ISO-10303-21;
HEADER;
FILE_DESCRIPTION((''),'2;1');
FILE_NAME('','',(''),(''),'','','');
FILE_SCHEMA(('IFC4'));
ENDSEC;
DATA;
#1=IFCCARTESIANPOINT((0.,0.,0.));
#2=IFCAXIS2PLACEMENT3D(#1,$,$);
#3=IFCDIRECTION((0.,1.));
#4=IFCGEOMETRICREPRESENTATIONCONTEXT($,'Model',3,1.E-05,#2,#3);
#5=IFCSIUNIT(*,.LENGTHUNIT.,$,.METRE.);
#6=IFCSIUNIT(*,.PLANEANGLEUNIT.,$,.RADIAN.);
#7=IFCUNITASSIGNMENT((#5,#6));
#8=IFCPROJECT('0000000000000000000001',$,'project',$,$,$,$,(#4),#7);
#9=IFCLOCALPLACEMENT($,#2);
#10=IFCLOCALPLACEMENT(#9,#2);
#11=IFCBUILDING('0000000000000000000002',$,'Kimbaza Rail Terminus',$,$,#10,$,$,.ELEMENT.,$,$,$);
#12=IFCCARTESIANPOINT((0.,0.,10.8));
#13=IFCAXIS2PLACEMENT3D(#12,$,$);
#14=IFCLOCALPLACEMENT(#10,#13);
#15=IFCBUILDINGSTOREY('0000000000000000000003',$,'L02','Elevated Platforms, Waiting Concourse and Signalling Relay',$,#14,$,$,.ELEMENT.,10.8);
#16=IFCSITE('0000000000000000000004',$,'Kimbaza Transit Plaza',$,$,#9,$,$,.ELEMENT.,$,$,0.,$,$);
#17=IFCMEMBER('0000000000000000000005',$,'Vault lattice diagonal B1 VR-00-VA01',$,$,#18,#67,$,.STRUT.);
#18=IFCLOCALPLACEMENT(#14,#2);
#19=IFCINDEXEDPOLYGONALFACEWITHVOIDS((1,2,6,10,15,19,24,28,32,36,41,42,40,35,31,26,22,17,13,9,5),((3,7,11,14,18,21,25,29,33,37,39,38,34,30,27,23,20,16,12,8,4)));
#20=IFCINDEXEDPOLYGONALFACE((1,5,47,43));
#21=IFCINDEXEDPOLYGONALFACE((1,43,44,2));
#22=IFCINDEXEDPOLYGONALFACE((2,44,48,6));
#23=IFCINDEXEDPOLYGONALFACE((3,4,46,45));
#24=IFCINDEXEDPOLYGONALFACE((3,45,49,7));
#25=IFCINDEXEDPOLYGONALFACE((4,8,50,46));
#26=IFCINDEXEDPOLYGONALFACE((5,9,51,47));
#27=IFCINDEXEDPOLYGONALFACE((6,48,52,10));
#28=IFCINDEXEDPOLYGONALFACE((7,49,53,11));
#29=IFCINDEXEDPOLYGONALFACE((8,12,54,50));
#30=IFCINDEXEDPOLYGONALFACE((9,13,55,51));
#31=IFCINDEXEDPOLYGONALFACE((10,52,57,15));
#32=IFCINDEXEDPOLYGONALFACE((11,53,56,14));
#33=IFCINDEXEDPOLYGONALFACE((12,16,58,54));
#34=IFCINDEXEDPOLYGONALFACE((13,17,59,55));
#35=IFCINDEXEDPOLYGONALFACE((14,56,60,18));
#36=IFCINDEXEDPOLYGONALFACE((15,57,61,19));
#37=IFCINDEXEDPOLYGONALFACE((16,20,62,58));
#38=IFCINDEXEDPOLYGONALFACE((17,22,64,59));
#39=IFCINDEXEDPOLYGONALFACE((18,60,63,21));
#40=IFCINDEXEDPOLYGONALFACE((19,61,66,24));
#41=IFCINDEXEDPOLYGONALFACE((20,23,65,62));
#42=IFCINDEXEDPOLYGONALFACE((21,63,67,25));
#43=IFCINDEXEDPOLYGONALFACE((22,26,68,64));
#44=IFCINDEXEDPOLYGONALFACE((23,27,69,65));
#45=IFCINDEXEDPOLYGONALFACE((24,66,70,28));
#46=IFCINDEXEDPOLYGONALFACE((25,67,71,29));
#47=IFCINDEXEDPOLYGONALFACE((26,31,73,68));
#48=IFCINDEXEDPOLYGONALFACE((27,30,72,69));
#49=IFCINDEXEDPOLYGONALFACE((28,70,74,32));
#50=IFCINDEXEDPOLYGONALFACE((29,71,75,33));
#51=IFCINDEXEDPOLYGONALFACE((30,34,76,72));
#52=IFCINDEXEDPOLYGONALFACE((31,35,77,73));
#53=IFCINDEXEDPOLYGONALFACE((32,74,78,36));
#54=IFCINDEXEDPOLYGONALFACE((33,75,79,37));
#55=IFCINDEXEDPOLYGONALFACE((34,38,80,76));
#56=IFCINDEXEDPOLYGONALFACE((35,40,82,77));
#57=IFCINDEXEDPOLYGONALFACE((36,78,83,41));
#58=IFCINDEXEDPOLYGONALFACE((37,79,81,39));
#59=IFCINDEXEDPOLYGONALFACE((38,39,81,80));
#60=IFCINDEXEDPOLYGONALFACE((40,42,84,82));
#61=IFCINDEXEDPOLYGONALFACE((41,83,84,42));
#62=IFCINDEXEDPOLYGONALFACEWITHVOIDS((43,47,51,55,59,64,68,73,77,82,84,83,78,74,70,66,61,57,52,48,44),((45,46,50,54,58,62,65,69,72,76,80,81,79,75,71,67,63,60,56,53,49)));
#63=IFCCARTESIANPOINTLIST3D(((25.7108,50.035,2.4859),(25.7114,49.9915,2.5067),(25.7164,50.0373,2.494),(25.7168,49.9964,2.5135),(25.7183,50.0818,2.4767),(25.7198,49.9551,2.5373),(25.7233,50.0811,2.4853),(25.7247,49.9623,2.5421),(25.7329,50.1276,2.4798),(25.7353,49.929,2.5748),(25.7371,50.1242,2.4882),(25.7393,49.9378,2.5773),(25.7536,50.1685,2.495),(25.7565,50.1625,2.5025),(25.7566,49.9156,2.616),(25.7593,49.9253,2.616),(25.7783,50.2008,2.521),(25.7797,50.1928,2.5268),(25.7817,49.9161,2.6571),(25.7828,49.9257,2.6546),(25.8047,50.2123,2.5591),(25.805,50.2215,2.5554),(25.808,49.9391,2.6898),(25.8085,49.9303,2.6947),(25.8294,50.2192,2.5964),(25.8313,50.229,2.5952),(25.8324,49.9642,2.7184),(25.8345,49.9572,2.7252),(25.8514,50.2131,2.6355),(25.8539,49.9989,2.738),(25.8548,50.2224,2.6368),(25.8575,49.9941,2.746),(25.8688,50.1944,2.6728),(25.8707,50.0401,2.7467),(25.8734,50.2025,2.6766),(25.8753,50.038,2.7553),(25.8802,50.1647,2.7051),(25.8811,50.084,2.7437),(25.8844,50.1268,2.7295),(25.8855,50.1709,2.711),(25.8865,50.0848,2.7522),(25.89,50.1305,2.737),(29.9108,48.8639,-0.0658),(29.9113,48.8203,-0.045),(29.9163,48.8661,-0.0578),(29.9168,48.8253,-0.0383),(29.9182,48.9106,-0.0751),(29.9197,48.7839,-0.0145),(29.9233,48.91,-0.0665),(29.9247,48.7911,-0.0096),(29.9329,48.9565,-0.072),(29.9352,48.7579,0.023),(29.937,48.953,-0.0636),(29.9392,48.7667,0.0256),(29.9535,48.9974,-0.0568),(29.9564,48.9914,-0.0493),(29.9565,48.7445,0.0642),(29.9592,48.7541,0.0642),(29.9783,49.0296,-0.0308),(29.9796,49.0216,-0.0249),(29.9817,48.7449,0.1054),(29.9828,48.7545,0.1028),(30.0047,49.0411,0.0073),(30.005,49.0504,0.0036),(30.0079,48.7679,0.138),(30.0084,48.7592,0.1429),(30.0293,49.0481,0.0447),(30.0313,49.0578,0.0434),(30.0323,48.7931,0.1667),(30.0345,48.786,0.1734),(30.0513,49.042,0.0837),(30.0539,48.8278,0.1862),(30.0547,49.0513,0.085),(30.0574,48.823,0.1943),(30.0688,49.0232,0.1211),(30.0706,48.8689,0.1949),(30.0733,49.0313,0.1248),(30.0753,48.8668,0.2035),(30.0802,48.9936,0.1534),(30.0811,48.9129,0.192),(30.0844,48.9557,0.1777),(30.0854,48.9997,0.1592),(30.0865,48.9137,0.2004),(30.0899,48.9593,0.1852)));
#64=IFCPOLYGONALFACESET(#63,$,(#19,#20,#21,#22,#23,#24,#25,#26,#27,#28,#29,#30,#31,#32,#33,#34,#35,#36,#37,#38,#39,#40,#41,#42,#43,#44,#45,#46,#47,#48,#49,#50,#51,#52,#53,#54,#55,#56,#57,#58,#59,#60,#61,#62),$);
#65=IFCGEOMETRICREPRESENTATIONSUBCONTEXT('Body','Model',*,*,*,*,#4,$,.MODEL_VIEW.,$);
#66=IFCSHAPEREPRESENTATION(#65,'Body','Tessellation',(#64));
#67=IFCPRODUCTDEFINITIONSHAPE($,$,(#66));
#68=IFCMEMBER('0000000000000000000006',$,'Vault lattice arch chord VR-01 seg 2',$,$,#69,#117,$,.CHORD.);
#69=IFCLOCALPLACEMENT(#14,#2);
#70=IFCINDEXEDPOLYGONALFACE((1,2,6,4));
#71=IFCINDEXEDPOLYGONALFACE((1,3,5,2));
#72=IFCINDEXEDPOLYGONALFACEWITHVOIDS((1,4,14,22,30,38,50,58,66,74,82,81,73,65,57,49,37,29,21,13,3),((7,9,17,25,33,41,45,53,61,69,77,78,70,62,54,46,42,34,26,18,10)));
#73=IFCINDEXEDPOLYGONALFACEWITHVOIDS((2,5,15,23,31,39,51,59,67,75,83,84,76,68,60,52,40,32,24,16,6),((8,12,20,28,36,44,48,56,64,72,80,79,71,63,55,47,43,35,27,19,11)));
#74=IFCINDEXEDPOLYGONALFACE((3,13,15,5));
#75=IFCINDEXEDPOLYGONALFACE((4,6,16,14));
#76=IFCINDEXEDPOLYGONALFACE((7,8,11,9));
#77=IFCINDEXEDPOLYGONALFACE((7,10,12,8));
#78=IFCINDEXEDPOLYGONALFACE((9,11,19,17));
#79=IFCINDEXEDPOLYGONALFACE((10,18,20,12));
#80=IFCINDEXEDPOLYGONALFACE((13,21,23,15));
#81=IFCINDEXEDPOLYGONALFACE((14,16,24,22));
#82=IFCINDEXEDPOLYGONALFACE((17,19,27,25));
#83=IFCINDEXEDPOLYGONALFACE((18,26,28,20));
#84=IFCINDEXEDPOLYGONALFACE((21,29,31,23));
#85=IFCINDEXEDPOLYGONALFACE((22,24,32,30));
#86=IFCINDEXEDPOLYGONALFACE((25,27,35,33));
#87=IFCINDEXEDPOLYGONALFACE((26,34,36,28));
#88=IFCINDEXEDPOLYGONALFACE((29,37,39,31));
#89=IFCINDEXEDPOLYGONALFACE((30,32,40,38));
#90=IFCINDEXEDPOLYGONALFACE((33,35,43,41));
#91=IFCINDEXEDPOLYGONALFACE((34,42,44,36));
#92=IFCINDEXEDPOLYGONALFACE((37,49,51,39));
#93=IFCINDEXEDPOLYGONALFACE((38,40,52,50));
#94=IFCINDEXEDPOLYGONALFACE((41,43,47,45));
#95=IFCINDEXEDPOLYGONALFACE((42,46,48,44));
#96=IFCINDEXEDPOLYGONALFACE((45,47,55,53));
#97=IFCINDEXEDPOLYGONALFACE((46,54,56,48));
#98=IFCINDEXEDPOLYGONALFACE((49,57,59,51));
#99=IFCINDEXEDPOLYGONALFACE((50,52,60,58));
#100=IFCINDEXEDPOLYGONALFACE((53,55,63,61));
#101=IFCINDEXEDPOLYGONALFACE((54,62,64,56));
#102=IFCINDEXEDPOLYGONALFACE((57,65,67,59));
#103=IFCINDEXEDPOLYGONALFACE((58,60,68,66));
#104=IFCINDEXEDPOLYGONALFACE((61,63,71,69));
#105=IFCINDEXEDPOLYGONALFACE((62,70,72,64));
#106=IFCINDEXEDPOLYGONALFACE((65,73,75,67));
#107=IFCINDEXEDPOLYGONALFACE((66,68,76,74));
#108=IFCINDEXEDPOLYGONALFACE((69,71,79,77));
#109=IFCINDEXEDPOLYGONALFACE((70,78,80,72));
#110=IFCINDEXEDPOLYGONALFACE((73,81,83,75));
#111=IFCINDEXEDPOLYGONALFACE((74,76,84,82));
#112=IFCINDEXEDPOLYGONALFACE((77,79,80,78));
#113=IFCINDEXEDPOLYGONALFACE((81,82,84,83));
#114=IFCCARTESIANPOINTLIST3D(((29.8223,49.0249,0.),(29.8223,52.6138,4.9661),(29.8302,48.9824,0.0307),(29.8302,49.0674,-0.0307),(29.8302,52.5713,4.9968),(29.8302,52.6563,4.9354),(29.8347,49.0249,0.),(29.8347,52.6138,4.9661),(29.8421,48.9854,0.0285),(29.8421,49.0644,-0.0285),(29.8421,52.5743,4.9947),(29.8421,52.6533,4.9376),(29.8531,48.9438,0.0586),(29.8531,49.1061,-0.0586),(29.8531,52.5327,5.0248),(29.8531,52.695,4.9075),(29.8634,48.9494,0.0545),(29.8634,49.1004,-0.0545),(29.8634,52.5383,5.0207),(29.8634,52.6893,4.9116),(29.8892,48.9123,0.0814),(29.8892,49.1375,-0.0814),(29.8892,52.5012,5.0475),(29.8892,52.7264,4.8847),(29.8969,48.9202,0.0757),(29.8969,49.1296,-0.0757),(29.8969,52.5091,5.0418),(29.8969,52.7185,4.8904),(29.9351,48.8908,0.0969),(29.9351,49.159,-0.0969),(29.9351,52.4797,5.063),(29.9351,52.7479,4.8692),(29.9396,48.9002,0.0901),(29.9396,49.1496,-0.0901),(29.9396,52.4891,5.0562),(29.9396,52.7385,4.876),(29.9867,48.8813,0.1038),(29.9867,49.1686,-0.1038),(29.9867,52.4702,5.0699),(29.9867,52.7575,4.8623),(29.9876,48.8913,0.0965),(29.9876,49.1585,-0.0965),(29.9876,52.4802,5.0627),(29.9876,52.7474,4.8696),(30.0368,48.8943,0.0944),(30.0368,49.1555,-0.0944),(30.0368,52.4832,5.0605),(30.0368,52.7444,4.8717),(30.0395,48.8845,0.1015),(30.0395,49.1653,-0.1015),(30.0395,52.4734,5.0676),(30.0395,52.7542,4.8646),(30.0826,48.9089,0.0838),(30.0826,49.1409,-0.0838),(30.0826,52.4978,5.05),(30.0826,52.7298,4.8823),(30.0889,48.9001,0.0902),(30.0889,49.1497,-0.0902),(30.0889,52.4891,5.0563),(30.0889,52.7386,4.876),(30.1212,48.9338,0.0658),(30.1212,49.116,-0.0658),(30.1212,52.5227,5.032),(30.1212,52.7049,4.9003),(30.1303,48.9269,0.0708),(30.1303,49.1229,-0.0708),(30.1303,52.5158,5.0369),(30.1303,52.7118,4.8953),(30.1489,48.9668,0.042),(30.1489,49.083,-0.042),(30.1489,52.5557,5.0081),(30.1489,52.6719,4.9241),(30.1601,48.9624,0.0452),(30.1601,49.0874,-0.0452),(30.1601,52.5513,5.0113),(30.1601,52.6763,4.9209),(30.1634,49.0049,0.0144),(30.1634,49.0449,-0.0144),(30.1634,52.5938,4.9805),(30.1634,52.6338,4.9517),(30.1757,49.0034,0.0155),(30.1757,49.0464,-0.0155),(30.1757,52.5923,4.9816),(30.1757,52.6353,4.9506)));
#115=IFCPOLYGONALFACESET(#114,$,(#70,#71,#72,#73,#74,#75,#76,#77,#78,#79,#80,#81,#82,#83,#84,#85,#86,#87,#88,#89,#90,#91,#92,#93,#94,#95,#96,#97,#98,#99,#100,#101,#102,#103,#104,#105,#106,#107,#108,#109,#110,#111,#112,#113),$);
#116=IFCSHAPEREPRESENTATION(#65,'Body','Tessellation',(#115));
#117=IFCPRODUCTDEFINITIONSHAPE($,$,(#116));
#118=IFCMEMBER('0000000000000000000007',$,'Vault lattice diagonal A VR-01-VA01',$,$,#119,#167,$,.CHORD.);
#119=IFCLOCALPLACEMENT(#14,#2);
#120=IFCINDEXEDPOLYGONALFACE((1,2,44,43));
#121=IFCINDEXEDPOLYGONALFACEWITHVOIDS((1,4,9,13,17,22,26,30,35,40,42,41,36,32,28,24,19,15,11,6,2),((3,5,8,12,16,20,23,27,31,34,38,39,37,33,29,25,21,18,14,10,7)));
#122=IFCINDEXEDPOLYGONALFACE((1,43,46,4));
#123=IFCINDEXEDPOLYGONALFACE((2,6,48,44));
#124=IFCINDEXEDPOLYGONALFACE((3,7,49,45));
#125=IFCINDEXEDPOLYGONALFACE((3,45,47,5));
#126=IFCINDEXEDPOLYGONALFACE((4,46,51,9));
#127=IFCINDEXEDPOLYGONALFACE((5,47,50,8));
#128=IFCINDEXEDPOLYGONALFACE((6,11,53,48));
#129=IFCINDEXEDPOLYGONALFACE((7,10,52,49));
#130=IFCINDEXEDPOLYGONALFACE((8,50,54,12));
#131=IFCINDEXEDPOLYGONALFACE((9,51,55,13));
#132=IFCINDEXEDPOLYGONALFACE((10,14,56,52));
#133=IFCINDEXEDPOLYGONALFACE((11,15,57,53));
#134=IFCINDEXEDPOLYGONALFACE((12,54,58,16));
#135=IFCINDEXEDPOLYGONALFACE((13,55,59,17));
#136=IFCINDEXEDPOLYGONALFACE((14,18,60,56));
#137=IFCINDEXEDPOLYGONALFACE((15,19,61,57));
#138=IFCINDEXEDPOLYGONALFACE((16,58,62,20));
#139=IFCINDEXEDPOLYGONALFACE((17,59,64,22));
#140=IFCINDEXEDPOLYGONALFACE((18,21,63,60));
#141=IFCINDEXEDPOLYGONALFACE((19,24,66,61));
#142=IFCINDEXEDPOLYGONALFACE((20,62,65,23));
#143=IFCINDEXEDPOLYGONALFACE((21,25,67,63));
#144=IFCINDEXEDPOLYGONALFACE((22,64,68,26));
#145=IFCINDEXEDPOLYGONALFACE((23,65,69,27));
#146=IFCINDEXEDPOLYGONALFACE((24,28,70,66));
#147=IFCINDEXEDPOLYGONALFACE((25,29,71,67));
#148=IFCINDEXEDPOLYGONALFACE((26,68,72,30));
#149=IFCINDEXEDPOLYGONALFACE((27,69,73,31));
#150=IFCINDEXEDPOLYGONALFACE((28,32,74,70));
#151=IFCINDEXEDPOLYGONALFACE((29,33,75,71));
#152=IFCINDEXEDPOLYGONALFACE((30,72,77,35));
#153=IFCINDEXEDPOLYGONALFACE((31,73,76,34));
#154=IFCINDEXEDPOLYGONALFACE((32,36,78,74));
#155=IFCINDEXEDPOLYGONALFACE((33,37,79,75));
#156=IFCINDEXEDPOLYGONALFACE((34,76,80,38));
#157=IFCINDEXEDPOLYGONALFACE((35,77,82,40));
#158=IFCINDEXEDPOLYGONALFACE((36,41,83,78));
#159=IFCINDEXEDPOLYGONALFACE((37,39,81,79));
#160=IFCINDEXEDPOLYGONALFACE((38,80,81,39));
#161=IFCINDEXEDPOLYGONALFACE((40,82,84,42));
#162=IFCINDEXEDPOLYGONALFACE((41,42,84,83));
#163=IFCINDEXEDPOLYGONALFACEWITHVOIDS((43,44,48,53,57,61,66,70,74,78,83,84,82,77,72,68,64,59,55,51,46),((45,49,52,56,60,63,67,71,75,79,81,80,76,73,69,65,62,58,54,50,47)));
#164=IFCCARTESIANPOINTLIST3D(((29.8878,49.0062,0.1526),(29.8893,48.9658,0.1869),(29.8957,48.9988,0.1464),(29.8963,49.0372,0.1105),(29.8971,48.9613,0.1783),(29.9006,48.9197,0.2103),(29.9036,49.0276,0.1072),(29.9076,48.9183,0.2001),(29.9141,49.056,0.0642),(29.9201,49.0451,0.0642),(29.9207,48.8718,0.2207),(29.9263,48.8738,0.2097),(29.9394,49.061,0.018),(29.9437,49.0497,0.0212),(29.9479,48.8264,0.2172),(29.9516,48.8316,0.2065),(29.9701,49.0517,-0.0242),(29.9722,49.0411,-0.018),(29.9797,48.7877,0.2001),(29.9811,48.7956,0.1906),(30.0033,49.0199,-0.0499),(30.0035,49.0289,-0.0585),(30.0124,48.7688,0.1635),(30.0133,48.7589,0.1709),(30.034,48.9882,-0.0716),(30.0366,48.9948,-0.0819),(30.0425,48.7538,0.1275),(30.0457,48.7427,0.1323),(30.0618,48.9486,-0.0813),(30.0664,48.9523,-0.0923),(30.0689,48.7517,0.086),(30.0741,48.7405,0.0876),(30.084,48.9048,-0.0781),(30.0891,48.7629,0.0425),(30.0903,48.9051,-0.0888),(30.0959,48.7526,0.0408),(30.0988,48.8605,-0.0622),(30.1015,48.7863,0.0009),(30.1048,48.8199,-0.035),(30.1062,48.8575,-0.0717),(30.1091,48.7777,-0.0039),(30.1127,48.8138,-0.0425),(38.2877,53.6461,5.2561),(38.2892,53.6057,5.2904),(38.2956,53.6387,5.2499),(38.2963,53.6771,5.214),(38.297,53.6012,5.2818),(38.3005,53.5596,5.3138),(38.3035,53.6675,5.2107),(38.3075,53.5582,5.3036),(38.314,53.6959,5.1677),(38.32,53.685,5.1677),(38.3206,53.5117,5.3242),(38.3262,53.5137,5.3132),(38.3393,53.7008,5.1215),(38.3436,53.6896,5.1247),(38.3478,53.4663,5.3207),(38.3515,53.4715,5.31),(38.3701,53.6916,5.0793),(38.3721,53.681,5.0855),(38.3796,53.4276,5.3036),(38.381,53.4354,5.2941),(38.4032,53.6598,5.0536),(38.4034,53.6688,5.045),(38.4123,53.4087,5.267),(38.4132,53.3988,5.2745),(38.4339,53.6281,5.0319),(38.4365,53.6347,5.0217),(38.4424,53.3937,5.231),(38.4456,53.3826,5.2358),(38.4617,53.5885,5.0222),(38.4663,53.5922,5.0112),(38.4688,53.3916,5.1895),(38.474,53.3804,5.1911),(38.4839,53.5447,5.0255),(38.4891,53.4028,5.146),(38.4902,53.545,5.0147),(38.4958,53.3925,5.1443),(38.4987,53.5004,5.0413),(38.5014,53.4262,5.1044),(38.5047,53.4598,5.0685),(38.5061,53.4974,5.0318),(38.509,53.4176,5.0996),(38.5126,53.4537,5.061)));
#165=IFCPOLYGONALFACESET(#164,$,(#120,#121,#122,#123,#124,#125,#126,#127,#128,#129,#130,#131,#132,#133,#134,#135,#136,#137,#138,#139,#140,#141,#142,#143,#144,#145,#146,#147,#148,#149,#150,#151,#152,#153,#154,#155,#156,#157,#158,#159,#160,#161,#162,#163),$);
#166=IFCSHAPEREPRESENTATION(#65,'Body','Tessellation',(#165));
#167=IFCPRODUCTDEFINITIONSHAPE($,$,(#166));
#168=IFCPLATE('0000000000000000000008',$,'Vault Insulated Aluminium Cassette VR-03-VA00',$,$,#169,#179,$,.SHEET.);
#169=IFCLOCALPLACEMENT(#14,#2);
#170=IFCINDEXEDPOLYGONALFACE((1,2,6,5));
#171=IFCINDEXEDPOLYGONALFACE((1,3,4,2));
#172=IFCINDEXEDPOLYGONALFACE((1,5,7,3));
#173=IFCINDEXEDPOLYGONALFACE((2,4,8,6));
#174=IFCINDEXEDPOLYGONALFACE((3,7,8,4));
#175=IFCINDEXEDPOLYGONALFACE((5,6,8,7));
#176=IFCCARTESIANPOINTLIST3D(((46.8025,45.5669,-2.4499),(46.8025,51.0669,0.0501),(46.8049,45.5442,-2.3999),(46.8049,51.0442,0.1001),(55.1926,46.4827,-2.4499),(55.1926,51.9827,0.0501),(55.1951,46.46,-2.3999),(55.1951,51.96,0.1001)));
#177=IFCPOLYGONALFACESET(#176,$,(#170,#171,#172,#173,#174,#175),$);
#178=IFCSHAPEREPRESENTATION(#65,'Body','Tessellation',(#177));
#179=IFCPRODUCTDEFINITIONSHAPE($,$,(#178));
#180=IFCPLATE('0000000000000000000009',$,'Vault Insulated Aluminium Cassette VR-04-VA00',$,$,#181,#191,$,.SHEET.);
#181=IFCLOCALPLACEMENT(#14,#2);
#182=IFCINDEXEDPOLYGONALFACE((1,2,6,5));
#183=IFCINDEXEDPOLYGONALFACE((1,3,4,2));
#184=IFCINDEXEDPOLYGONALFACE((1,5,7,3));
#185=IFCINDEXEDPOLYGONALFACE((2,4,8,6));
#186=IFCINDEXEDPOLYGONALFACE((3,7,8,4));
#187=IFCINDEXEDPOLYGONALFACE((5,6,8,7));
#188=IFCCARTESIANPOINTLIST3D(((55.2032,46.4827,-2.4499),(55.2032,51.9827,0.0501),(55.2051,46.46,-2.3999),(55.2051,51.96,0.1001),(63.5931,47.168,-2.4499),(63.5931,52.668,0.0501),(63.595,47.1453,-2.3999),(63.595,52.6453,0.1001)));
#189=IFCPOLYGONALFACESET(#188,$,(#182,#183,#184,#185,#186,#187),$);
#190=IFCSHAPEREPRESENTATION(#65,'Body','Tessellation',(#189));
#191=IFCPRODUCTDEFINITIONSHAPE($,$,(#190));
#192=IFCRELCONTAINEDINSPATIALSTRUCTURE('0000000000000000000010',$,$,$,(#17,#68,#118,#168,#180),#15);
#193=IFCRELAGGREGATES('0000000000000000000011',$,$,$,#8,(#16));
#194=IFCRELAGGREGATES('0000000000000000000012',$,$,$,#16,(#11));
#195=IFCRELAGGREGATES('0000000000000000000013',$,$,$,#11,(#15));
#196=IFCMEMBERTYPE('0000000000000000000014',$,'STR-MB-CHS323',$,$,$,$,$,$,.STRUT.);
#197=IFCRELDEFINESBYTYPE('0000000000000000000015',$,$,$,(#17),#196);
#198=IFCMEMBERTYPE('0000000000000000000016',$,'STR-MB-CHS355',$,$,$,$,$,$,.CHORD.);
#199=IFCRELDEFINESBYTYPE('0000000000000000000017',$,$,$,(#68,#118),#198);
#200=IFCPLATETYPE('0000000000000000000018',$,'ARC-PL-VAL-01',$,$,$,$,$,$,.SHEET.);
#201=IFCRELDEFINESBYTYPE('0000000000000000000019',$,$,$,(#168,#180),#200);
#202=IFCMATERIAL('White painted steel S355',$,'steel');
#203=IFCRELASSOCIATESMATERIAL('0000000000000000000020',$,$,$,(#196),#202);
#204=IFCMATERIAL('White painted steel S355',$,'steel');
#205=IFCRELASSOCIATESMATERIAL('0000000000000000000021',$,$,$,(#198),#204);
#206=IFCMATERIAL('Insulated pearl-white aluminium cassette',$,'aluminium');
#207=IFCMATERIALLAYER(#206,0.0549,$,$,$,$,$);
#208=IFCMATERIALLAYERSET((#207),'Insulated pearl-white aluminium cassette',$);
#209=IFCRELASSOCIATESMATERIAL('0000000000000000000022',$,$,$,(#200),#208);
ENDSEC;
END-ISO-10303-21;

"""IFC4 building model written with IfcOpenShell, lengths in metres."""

from ifc_helpers import new_model, si_unit, direction, frame, origin, origin_2d, place, context, subcontext, project, spatial, polyline, hollow_circle, outline, extrude, material, layer, layer_set, material_profile, profile_set, type_object, element, save


model = new_model("IFC4")

# Units and contexts
model_context = context("Model", 3, precision=1e-05, world=origin(), true_north=direction((0.0, 1.0)))
body_context = subcontext(model_context, "Body", "Model", "MODEL_VIEW")
ifc_project = project(units=[si_unit("LENGTHUNIT", "METRE"), si_unit("PLANEANGLEUNIT", "RADIAN")], contexts=[model_context])

# Site, building, storey
site_placement = place(None, origin())
site = spatial("IfcSite", under=ifc_project, at=site_placement, Name="Kimbaza Transit Plaza", CompositionType="ELEMENT", RefElevation=0.0)
building_placement = place(site_placement, origin())
building = spatial("IfcBuilding", under=site, at=building_placement, Name="Kimbaza Rail Terminus", CompositionType="ELEMENT")
storey_placement = place(building_placement, frame((0.0, 0.0, 10.8)))
storey = spatial("IfcBuildingStorey", under=building, at=storey_placement, Name="L02", Description="Elevated Platforms, Waiting Concourse and Signalling Relay", CompositionType="ELEMENT", Elevation=10.8)

# Members
ifc_material_1 = material(Name="White painted steel S355", Category="steel")
ifc_material_profile_1 = material_profile(ifc_material_1, hollow_circle(Radius=0.1619, WallThickness=0.01, at=origin_2d()), Name="CHS 323.9x10")
ifc_profile_set_1 = profile_set([ifc_material_profile_1], Name="White painted steel S355")
member_type_1 = type_object("IfcMemberType", Name="STR-MB-CHS323", PredefinedType="STRUT", material=ifc_profile_set_1)
member_1_placement = place(storey_placement, frame((30.0, 48.9004, 0.0642), z_axis=(-0.831345, 0.231818, 0.505099), x_axis=(-0.2686, -0.963252, 0.0)))
element("IfcMember", 1, at=member_1_placement, inside=storey, type_object=member_type_1, Name="Vault lattice diagonal B1 VR-00-VA01", PredefinedType="STRUT", context=body_context, shape_type="SweptSolid", body=[
    extrude(hollow_circle(Radius=0.1619, WallThickness=0.01, at=origin_2d()), origin(), (0.0, 0.0, 1.0), 5.052),
])
ifc_material_2 = material(Name="White painted steel S355", Category="steel")
ifc_material_profile_2 = material_profile(ifc_material_2, hollow_circle(Radius=0.1777, WallThickness=0.0125, at=origin_2d()), Name="CHS 355.6x12.5")
ifc_profile_set_2 = profile_set([ifc_material_profile_2], Name="White painted steel S355")
member_type_2 = type_object("IfcMemberType", Name="STR-MB-CHS355", PredefinedType="CHORD", material=ifc_profile_set_2)
member_2_placement = place(storey_placement, frame((30.0, 49.0249, 0.0), z_axis=(0.0, 0.585733, 0.810504), x_axis=(-1.0, 0.0, 0.0)))
element("IfcMember", 2, at=member_2_placement, inside=storey, type_object=member_type_2, Name="Vault lattice arch chord VR-01 seg 2", PredefinedType="CHORD", context=body_context, shape_type="SweptSolid", body=[
    extrude(hollow_circle(Radius=0.1777, WallThickness=0.0125, at=origin_2d()), origin(), (0.0, 0.0, 1.0), 6.1272),
])
member_3_placement = place(storey_placement, frame((30.0, 48.9004, 0.0642), z_axis=(0.772839, 0.426897, 0.469552), x_axis=(-0.483514, 0.875337, 0.0)))
element("IfcMember", 3, at=member_3_placement, inside=storey, type_object=member_type_2, Name="Vault lattice diagonal A VR-01-VA01", PredefinedType="CHORD", context=body_context, shape_type="SweptSolid", body=[
    extrude(hollow_circle(Radius=0.1777, WallThickness=0.0125, at=origin_2d()), origin(), (0.0, 0.0, 1.0), 10.8689),
])

# Plates
ifc_material_3 = material(Name="Insulated pearl-white aluminium cassette", Category="aluminium")
ifc_layer_1 = layer(ifc_material_3, 0.0549)
ifc_layer_set_1 = layer_set([ifc_layer_1], Name="Insulated pearl-white aluminium cassette")
plate_type_1 = type_object("IfcPlateType", Name="ARC-PL-VAL-01", PredefinedType="SHEET", material=ifc_layer_set_1)
plate_1_placement = place(storey_placement, frame((46.8049, 45.5442, -2.3999), z_axis=(0.04512, -0.413382, 0.909439), x_axis=(0.994096, 0.108504, 0.0)))
element("IfcPlate", 4, at=plate_1_placement, inside=storey, type_object=plate_type_1, Name="Vault Insulated Aluminium Cassette VR-03-VA00", PredefinedType="SHEET", context=body_context, shape_type="SweptSolid", body=[
    extrude(outline(polyline([(0.0, 0.0), (8.44, 0.0), (9.0367, 6.012), (0.5968, 6.012), (0.0, 0.0)])), origin(), (0.0, 0.0, -1.0), 0.0549),
])
plate_2_placement = place(storey_placement, frame((55.2051, 46.46, -2.3999), z_axis=(0.033781, -0.413567, 0.909847), x_axis=(0.996681, 0.081411, 0.0)))
element("IfcPlate", 5, at=plate_2_placement, inside=storey, type_object=plate_type_1, Name="Vault Insulated Aluminium Cassette VR-04-VA00", PredefinedType="SHEET", context=body_context, shape_type="SweptSolid", body=[
    extrude(outline(polyline([(0.0, 0.0), (8.4178, 0.0), (8.8656, 6.0249), (0.4478, 6.0249), (0.0, 0.0)])), origin(), (0.0, 0.0, -1.0), 0.0549),
])

save(model, "model.ifc")
